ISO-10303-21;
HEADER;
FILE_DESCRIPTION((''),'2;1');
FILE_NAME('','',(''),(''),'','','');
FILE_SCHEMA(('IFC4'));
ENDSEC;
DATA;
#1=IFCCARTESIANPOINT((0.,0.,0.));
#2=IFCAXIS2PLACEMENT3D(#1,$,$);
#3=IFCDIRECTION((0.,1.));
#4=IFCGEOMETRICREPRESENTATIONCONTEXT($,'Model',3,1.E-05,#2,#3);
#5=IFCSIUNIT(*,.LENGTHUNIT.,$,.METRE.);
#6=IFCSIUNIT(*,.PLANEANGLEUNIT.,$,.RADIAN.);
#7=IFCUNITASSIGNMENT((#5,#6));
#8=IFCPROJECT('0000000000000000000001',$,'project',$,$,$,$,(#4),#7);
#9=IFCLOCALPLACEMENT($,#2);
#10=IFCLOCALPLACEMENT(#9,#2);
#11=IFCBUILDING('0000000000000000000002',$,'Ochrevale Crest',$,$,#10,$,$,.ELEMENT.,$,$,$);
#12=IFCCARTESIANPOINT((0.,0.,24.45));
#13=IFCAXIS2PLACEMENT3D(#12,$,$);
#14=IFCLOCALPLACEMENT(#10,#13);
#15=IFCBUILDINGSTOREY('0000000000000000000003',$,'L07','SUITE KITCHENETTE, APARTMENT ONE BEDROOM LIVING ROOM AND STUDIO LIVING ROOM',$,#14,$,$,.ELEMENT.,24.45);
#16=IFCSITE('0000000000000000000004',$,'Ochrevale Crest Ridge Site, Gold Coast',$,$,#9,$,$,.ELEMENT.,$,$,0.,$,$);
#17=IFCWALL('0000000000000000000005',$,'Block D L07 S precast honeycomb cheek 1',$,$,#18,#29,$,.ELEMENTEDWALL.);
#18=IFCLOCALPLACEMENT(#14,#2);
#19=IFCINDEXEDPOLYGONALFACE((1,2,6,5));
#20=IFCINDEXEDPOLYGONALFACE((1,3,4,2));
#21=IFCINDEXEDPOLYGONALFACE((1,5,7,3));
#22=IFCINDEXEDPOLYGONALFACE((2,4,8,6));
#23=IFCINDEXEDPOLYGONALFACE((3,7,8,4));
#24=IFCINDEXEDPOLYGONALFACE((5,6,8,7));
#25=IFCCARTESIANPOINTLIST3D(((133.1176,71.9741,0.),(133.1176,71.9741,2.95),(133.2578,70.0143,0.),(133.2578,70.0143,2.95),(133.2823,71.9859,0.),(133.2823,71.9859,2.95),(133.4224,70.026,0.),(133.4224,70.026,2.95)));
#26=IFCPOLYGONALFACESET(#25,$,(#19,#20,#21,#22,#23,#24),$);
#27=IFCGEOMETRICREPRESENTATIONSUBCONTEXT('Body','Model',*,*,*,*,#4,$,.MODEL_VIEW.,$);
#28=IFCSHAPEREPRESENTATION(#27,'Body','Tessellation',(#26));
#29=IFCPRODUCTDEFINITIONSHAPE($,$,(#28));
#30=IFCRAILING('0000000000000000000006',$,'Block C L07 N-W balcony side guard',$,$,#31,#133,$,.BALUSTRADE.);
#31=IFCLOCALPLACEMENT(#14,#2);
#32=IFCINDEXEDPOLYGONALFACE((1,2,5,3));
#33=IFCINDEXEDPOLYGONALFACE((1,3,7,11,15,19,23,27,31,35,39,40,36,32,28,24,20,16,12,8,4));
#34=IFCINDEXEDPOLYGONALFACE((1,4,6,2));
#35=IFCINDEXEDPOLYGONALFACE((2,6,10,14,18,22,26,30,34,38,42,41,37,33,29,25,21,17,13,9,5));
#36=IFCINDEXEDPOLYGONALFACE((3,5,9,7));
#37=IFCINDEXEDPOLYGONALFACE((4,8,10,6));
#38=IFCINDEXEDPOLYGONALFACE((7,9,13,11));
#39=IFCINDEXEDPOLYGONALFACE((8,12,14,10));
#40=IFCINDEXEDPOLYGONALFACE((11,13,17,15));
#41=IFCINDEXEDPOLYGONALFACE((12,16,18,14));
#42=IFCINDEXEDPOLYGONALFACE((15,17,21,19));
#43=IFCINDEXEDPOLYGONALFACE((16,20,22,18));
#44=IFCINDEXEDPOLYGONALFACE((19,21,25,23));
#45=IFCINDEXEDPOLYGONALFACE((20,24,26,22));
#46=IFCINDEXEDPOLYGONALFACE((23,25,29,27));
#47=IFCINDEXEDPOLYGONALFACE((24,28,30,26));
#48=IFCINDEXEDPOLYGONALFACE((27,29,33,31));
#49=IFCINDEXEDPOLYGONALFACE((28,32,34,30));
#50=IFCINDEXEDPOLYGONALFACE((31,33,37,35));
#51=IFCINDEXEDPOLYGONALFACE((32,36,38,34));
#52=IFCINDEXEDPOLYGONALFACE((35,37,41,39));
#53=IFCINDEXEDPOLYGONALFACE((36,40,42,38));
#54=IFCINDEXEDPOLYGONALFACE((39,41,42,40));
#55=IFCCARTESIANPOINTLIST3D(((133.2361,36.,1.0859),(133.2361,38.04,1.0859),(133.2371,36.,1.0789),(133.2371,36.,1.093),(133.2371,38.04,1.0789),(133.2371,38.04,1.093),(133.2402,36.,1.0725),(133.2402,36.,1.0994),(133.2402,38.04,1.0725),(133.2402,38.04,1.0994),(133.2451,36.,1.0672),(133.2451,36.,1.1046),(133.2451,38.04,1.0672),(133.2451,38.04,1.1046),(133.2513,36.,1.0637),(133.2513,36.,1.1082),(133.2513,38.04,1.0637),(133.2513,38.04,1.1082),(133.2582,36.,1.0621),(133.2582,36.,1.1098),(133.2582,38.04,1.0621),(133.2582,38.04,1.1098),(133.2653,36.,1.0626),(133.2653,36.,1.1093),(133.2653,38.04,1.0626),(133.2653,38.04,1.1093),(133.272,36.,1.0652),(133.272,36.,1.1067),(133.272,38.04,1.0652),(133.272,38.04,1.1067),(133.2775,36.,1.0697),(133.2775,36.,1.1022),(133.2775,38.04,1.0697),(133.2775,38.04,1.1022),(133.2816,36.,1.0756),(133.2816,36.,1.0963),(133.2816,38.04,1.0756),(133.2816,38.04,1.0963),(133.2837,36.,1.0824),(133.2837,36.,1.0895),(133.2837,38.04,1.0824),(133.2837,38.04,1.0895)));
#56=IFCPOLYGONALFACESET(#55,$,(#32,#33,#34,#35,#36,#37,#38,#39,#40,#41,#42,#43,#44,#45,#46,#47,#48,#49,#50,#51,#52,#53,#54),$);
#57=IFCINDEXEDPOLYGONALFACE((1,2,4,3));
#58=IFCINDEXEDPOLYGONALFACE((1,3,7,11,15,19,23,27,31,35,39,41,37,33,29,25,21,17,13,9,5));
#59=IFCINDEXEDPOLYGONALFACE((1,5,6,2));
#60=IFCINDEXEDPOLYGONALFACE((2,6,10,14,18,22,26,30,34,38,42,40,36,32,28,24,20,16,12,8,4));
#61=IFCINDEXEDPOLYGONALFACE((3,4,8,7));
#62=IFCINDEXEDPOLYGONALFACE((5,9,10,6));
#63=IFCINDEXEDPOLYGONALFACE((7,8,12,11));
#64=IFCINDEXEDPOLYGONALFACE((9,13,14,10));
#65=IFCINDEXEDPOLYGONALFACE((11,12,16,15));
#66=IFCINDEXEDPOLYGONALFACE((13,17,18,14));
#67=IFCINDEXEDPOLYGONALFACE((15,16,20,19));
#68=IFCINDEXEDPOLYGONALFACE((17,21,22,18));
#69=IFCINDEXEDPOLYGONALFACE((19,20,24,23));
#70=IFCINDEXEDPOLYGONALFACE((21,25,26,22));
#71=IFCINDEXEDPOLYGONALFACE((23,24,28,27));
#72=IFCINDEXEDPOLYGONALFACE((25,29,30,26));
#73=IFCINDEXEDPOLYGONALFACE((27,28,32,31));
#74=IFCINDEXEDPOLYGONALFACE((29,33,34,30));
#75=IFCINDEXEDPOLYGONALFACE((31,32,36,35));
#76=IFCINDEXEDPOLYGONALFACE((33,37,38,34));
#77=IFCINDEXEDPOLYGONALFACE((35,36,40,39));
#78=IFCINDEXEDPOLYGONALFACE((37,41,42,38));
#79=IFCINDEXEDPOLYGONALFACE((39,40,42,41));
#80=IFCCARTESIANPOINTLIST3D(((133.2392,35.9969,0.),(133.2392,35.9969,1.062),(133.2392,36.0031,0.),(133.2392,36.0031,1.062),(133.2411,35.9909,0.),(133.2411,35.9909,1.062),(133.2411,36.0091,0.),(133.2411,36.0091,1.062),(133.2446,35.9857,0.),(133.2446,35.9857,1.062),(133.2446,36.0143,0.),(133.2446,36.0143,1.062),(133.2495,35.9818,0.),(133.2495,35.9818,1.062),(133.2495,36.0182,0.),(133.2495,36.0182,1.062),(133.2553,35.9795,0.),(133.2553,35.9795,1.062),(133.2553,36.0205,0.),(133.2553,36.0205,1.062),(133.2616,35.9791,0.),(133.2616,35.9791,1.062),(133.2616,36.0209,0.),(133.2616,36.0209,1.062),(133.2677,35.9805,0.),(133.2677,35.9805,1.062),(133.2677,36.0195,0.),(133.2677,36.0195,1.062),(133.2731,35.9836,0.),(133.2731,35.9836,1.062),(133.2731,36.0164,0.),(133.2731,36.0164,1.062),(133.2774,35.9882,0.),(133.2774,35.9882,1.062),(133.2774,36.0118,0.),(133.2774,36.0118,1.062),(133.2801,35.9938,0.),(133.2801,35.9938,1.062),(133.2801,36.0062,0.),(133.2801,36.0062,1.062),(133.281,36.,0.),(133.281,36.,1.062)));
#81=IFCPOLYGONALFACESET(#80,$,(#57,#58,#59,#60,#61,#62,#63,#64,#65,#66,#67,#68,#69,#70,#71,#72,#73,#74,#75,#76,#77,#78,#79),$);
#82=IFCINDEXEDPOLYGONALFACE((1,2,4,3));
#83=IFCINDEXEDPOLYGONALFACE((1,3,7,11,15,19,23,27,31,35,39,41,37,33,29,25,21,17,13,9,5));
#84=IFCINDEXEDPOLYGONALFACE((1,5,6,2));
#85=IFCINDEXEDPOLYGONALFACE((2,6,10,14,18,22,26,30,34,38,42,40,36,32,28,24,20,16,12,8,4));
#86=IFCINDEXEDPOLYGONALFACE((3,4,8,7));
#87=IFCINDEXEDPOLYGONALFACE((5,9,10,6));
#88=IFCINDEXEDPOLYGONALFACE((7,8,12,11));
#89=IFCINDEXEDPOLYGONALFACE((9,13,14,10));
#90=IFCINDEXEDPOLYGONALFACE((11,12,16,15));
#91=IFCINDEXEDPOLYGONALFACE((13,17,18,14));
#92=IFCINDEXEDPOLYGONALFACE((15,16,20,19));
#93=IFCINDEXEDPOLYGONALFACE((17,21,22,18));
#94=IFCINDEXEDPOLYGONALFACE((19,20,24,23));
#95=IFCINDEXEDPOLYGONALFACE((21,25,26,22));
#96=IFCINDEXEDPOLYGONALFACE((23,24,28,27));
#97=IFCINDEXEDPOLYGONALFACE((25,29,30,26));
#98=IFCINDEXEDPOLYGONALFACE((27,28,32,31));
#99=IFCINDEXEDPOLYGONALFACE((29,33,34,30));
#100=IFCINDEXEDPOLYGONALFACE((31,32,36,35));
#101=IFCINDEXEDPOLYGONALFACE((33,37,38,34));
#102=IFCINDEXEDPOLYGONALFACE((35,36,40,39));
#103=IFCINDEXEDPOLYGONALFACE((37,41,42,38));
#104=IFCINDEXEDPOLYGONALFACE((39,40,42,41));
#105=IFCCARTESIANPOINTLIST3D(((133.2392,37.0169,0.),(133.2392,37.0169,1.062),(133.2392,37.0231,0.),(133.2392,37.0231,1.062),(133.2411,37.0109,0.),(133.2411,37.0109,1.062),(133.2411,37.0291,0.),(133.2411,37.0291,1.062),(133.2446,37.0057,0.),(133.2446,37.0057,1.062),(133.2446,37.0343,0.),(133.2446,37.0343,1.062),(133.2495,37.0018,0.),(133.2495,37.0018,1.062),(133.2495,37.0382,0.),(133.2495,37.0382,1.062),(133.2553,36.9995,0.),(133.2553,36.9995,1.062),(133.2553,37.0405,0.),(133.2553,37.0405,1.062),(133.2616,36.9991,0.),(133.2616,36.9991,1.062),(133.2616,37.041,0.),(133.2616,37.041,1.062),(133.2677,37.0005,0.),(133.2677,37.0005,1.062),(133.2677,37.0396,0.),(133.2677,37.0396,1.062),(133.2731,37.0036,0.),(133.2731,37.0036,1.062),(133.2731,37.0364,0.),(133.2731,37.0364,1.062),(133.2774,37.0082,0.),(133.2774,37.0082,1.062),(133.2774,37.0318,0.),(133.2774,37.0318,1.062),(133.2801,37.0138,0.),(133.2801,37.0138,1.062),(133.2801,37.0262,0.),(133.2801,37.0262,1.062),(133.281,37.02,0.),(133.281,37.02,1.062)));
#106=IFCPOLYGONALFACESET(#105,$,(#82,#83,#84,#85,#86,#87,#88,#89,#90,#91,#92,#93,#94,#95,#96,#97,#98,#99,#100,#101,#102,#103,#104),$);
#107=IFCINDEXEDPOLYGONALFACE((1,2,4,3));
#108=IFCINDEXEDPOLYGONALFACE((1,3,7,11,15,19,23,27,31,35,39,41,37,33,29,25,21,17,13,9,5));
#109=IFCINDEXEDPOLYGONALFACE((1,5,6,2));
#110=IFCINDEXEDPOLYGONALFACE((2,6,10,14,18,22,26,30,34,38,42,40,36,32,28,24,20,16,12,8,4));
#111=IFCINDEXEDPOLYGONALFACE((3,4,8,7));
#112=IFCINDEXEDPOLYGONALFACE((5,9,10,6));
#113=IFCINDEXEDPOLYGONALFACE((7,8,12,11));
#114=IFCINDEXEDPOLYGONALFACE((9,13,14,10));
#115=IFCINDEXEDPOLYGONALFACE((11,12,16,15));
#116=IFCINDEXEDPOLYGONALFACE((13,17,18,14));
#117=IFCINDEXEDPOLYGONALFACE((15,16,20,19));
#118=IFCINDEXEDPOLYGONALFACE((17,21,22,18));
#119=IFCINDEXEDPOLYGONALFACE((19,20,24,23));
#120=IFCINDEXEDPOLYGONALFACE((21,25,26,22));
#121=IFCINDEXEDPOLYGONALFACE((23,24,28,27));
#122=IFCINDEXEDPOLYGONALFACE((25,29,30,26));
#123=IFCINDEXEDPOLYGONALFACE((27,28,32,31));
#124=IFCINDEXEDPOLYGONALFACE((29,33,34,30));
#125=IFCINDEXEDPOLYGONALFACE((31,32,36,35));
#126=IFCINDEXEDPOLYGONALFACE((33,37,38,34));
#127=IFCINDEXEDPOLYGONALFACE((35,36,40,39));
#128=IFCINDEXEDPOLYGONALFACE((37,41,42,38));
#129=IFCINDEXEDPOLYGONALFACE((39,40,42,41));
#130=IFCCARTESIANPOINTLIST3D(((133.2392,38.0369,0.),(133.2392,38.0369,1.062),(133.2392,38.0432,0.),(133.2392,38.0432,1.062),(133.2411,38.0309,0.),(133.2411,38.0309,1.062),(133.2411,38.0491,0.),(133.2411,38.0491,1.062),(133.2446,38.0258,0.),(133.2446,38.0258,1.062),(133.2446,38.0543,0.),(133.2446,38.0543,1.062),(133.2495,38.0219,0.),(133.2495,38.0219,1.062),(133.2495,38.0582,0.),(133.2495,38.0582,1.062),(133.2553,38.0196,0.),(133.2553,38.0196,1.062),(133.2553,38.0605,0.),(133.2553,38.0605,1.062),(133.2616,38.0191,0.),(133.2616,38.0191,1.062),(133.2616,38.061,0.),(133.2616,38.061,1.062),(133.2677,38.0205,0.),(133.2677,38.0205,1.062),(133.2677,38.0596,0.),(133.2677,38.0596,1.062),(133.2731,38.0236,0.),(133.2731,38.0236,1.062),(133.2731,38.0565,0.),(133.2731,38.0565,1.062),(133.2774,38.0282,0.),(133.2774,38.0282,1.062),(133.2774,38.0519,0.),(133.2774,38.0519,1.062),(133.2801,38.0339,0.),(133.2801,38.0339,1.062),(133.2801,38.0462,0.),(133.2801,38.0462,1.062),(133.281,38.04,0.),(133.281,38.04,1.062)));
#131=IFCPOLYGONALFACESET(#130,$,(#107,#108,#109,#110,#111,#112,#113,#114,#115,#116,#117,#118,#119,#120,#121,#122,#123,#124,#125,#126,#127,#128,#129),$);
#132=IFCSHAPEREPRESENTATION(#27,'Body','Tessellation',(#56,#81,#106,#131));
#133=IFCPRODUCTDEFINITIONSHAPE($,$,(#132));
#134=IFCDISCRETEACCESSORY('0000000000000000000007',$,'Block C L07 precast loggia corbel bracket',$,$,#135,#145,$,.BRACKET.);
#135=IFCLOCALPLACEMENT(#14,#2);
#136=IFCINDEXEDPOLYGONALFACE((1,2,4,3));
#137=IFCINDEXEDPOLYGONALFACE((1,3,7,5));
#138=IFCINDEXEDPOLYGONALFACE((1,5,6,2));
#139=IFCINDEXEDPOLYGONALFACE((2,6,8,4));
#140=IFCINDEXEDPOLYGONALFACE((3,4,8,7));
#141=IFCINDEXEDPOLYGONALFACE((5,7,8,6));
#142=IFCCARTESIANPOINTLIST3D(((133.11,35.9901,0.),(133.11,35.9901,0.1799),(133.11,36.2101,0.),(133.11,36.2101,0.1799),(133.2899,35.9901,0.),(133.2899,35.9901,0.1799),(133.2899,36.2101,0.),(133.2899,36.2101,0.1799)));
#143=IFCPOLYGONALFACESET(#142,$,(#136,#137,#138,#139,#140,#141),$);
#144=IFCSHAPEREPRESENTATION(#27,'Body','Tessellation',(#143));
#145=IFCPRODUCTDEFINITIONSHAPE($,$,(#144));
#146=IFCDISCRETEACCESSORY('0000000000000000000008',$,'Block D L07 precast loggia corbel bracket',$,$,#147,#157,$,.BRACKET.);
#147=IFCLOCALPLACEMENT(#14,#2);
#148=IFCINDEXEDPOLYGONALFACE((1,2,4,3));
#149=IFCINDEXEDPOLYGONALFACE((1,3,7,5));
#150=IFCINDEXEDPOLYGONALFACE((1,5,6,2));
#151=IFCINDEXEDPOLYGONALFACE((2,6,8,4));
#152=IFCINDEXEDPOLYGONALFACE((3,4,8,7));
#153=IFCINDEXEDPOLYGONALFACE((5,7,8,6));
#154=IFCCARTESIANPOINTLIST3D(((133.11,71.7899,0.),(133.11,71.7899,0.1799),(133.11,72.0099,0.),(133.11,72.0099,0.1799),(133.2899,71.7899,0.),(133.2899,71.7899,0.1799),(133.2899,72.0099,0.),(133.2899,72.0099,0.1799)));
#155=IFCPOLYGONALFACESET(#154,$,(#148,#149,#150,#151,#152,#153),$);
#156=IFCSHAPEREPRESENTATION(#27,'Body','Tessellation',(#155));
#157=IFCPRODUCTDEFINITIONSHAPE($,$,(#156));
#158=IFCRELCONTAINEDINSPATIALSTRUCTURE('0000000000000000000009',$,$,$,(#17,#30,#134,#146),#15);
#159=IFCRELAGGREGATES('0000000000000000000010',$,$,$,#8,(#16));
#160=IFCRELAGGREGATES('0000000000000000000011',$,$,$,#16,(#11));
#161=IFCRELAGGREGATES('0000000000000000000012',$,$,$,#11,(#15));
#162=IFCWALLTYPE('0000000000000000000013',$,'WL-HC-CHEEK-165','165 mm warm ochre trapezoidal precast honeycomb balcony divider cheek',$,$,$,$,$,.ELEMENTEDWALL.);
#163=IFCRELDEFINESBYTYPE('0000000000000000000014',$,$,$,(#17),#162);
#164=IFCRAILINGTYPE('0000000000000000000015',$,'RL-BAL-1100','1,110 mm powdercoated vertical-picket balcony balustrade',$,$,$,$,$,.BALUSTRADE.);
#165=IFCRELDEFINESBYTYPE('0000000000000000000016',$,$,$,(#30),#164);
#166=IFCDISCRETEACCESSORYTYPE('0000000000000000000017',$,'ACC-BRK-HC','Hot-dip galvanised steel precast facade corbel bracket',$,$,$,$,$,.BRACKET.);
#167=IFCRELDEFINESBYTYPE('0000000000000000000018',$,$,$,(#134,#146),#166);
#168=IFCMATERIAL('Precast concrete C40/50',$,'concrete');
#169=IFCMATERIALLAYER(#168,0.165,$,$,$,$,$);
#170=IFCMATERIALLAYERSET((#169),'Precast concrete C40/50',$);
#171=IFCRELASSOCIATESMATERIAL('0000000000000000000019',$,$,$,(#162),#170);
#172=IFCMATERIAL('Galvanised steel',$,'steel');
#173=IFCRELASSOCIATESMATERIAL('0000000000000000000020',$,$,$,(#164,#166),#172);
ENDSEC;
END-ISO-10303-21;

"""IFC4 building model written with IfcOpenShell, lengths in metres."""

from ifc_helpers import new_model, si_unit, direction, frame, frame_2d, origin, origin_2d, place, context, subcontext, project, spatial, rectangle, circle, extrude, material, layer, layer_set, type_object, element, save


model = new_model("IFC4")

# Units and contexts
model_context = context("Model", 3, precision=1e-05, world=origin(), true_north=direction((0.0, 1.0)))
body_context = subcontext(model_context, "Body", "Model", "MODEL_VIEW")
ifc_project = project(units=[si_unit("LENGTHUNIT", "METRE"), si_unit("PLANEANGLEUNIT", "RADIAN")], contexts=[model_context])

# Site, building, storey
site_placement = place(None, origin())
site = spatial("IfcSite", under=ifc_project, at=site_placement, Name="Ochrevale Crest Ridge Site, Gold Coast", CompositionType="ELEMENT", RefElevation=0.0)
building_placement = place(site_placement, origin())
building = spatial("IfcBuilding", under=site, at=building_placement, Name="Ochrevale Crest", CompositionType="ELEMENT")
storey_placement = place(building_placement, frame((0.0, 0.0, 24.45)))
storey = spatial("IfcBuildingStorey", under=building, at=storey_placement, Name="L07", Description="SUITE KITCHENETTE, APARTMENT ONE BEDROOM LIVING ROOM AND STUDIO LIVING ROOM", CompositionType="ELEMENT", Elevation=24.45)

# Shared definitions
ifc_material_1 = material(Name="Precast concrete C40/50", Category="concrete")

# Wall
ifc_layer_1 = layer(ifc_material_1, 0.165)
ifc_layer_set_1 = layer_set([ifc_layer_1], Name="Precast concrete C40/50")
wall_type_1 = type_object("IfcWallType", Name="WL-HC-CHEEK-165", Description="165 mm warm ochre trapezoidal precast honeycomb balcony divider cheek", PredefinedType="ELEMENTEDWALL", material=ifc_layer_set_1)
for number, where, z_axis, x_axis, name in (
    (1, (133.2, 71.98, 0.0), (0.0, 0.0, 1.0), (0.071318, -0.997454, 0.0), "Block D L07 S precast honeycomb cheek 1"),
):
    element("IfcWall", number, at=place(storey_placement, frame(where, z_axis=z_axis, x_axis=x_axis)), inside=storey, type_object=wall_type_1, Name=name, PredefinedType="ELEMENTEDWALL", context=body_context, shape_type="SweptSolid", body=[
        extrude(rectangle(XDim=1.9648, YDim=0.165, at=frame_2d((0.9824, 0.0))), origin(), (0.0, 0.0, 1.0), 2.95),
    ])

# Railing
ifc_material_2 = material(Name="Galvanised steel", Category="steel")
railing_type = type_object("IfcRailingType", Name="RL-BAL-1100", Description="1,110 mm powdercoated vertical-picket balcony balustrade", PredefinedType="BALUSTRADE", material=ifc_material_2)
railing_1_placement = place(storey_placement, frame((133.26, 36.0, 0.0)))
element("IfcRailing", 2, at=railing_1_placement, inside=storey, type_object=railing_type, Name="Block C L07 N-W balcony side guard", PredefinedType="BALUSTRADE", context=body_context, shape_type="SweptSolid", body=[
    extrude(circle(Radius=0.0239, at=origin_2d()), frame((0.0, 0.0, 1.0859), z_axis=(0.0, 1.0, 0.0), x_axis=(-1.0, 0.0, 0.0)), (0.0, 0.0, 1.0), 2.04),
    extrude(circle(Radius=0.021, at=origin_2d()), origin(), (0.0, 0.0, 1.0), 1.062),
    extrude(circle(Radius=0.021, at=origin_2d()), frame((0.0, 1.02, 0.0)), (0.0, 0.0, 1.0), 1.062),
    extrude(circle(Radius=0.021, at=origin_2d()), frame((0.0, 2.04, 0.0)), (0.0, 0.0, 1.0), 1.062),
])

# Discrete accessories
discrete_accessory_type = type_object("IfcDiscreteAccessoryType", Name="ACC-BRK-HC", Description="Hot-dip galvanised steel precast facade corbel bracket", PredefinedType="BRACKET", material=ifc_material_2)
for number, where, z_axis, x_axis, name in (
    (3, (133.2, 36.1001, 0.0), (0.0, 0.0, 1.0), (1.0, 0.0, 0.0), "Block C L07 precast loggia corbel bracket"),
    (4, (133.2, 71.8999, 0.0), (0.0, 0.0, 1.0), (1.0, 0.0, 0.0), "Block D L07 precast loggia corbel bracket"),
):
    element("IfcDiscreteAccessory", number, at=place(storey_placement, frame(where, z_axis=z_axis, x_axis=x_axis)), inside=storey, type_object=discrete_accessory_type, Name=name, PredefinedType="BRACKET", context=body_context, shape_type="SweptSolid", body=[
        extrude(rectangle(XDim=0.1799, YDim=0.22, at=origin_2d()), origin(), (0.0, 0.0, 1.0), 0.1799),
    ])

save(model, "model.ifc")
